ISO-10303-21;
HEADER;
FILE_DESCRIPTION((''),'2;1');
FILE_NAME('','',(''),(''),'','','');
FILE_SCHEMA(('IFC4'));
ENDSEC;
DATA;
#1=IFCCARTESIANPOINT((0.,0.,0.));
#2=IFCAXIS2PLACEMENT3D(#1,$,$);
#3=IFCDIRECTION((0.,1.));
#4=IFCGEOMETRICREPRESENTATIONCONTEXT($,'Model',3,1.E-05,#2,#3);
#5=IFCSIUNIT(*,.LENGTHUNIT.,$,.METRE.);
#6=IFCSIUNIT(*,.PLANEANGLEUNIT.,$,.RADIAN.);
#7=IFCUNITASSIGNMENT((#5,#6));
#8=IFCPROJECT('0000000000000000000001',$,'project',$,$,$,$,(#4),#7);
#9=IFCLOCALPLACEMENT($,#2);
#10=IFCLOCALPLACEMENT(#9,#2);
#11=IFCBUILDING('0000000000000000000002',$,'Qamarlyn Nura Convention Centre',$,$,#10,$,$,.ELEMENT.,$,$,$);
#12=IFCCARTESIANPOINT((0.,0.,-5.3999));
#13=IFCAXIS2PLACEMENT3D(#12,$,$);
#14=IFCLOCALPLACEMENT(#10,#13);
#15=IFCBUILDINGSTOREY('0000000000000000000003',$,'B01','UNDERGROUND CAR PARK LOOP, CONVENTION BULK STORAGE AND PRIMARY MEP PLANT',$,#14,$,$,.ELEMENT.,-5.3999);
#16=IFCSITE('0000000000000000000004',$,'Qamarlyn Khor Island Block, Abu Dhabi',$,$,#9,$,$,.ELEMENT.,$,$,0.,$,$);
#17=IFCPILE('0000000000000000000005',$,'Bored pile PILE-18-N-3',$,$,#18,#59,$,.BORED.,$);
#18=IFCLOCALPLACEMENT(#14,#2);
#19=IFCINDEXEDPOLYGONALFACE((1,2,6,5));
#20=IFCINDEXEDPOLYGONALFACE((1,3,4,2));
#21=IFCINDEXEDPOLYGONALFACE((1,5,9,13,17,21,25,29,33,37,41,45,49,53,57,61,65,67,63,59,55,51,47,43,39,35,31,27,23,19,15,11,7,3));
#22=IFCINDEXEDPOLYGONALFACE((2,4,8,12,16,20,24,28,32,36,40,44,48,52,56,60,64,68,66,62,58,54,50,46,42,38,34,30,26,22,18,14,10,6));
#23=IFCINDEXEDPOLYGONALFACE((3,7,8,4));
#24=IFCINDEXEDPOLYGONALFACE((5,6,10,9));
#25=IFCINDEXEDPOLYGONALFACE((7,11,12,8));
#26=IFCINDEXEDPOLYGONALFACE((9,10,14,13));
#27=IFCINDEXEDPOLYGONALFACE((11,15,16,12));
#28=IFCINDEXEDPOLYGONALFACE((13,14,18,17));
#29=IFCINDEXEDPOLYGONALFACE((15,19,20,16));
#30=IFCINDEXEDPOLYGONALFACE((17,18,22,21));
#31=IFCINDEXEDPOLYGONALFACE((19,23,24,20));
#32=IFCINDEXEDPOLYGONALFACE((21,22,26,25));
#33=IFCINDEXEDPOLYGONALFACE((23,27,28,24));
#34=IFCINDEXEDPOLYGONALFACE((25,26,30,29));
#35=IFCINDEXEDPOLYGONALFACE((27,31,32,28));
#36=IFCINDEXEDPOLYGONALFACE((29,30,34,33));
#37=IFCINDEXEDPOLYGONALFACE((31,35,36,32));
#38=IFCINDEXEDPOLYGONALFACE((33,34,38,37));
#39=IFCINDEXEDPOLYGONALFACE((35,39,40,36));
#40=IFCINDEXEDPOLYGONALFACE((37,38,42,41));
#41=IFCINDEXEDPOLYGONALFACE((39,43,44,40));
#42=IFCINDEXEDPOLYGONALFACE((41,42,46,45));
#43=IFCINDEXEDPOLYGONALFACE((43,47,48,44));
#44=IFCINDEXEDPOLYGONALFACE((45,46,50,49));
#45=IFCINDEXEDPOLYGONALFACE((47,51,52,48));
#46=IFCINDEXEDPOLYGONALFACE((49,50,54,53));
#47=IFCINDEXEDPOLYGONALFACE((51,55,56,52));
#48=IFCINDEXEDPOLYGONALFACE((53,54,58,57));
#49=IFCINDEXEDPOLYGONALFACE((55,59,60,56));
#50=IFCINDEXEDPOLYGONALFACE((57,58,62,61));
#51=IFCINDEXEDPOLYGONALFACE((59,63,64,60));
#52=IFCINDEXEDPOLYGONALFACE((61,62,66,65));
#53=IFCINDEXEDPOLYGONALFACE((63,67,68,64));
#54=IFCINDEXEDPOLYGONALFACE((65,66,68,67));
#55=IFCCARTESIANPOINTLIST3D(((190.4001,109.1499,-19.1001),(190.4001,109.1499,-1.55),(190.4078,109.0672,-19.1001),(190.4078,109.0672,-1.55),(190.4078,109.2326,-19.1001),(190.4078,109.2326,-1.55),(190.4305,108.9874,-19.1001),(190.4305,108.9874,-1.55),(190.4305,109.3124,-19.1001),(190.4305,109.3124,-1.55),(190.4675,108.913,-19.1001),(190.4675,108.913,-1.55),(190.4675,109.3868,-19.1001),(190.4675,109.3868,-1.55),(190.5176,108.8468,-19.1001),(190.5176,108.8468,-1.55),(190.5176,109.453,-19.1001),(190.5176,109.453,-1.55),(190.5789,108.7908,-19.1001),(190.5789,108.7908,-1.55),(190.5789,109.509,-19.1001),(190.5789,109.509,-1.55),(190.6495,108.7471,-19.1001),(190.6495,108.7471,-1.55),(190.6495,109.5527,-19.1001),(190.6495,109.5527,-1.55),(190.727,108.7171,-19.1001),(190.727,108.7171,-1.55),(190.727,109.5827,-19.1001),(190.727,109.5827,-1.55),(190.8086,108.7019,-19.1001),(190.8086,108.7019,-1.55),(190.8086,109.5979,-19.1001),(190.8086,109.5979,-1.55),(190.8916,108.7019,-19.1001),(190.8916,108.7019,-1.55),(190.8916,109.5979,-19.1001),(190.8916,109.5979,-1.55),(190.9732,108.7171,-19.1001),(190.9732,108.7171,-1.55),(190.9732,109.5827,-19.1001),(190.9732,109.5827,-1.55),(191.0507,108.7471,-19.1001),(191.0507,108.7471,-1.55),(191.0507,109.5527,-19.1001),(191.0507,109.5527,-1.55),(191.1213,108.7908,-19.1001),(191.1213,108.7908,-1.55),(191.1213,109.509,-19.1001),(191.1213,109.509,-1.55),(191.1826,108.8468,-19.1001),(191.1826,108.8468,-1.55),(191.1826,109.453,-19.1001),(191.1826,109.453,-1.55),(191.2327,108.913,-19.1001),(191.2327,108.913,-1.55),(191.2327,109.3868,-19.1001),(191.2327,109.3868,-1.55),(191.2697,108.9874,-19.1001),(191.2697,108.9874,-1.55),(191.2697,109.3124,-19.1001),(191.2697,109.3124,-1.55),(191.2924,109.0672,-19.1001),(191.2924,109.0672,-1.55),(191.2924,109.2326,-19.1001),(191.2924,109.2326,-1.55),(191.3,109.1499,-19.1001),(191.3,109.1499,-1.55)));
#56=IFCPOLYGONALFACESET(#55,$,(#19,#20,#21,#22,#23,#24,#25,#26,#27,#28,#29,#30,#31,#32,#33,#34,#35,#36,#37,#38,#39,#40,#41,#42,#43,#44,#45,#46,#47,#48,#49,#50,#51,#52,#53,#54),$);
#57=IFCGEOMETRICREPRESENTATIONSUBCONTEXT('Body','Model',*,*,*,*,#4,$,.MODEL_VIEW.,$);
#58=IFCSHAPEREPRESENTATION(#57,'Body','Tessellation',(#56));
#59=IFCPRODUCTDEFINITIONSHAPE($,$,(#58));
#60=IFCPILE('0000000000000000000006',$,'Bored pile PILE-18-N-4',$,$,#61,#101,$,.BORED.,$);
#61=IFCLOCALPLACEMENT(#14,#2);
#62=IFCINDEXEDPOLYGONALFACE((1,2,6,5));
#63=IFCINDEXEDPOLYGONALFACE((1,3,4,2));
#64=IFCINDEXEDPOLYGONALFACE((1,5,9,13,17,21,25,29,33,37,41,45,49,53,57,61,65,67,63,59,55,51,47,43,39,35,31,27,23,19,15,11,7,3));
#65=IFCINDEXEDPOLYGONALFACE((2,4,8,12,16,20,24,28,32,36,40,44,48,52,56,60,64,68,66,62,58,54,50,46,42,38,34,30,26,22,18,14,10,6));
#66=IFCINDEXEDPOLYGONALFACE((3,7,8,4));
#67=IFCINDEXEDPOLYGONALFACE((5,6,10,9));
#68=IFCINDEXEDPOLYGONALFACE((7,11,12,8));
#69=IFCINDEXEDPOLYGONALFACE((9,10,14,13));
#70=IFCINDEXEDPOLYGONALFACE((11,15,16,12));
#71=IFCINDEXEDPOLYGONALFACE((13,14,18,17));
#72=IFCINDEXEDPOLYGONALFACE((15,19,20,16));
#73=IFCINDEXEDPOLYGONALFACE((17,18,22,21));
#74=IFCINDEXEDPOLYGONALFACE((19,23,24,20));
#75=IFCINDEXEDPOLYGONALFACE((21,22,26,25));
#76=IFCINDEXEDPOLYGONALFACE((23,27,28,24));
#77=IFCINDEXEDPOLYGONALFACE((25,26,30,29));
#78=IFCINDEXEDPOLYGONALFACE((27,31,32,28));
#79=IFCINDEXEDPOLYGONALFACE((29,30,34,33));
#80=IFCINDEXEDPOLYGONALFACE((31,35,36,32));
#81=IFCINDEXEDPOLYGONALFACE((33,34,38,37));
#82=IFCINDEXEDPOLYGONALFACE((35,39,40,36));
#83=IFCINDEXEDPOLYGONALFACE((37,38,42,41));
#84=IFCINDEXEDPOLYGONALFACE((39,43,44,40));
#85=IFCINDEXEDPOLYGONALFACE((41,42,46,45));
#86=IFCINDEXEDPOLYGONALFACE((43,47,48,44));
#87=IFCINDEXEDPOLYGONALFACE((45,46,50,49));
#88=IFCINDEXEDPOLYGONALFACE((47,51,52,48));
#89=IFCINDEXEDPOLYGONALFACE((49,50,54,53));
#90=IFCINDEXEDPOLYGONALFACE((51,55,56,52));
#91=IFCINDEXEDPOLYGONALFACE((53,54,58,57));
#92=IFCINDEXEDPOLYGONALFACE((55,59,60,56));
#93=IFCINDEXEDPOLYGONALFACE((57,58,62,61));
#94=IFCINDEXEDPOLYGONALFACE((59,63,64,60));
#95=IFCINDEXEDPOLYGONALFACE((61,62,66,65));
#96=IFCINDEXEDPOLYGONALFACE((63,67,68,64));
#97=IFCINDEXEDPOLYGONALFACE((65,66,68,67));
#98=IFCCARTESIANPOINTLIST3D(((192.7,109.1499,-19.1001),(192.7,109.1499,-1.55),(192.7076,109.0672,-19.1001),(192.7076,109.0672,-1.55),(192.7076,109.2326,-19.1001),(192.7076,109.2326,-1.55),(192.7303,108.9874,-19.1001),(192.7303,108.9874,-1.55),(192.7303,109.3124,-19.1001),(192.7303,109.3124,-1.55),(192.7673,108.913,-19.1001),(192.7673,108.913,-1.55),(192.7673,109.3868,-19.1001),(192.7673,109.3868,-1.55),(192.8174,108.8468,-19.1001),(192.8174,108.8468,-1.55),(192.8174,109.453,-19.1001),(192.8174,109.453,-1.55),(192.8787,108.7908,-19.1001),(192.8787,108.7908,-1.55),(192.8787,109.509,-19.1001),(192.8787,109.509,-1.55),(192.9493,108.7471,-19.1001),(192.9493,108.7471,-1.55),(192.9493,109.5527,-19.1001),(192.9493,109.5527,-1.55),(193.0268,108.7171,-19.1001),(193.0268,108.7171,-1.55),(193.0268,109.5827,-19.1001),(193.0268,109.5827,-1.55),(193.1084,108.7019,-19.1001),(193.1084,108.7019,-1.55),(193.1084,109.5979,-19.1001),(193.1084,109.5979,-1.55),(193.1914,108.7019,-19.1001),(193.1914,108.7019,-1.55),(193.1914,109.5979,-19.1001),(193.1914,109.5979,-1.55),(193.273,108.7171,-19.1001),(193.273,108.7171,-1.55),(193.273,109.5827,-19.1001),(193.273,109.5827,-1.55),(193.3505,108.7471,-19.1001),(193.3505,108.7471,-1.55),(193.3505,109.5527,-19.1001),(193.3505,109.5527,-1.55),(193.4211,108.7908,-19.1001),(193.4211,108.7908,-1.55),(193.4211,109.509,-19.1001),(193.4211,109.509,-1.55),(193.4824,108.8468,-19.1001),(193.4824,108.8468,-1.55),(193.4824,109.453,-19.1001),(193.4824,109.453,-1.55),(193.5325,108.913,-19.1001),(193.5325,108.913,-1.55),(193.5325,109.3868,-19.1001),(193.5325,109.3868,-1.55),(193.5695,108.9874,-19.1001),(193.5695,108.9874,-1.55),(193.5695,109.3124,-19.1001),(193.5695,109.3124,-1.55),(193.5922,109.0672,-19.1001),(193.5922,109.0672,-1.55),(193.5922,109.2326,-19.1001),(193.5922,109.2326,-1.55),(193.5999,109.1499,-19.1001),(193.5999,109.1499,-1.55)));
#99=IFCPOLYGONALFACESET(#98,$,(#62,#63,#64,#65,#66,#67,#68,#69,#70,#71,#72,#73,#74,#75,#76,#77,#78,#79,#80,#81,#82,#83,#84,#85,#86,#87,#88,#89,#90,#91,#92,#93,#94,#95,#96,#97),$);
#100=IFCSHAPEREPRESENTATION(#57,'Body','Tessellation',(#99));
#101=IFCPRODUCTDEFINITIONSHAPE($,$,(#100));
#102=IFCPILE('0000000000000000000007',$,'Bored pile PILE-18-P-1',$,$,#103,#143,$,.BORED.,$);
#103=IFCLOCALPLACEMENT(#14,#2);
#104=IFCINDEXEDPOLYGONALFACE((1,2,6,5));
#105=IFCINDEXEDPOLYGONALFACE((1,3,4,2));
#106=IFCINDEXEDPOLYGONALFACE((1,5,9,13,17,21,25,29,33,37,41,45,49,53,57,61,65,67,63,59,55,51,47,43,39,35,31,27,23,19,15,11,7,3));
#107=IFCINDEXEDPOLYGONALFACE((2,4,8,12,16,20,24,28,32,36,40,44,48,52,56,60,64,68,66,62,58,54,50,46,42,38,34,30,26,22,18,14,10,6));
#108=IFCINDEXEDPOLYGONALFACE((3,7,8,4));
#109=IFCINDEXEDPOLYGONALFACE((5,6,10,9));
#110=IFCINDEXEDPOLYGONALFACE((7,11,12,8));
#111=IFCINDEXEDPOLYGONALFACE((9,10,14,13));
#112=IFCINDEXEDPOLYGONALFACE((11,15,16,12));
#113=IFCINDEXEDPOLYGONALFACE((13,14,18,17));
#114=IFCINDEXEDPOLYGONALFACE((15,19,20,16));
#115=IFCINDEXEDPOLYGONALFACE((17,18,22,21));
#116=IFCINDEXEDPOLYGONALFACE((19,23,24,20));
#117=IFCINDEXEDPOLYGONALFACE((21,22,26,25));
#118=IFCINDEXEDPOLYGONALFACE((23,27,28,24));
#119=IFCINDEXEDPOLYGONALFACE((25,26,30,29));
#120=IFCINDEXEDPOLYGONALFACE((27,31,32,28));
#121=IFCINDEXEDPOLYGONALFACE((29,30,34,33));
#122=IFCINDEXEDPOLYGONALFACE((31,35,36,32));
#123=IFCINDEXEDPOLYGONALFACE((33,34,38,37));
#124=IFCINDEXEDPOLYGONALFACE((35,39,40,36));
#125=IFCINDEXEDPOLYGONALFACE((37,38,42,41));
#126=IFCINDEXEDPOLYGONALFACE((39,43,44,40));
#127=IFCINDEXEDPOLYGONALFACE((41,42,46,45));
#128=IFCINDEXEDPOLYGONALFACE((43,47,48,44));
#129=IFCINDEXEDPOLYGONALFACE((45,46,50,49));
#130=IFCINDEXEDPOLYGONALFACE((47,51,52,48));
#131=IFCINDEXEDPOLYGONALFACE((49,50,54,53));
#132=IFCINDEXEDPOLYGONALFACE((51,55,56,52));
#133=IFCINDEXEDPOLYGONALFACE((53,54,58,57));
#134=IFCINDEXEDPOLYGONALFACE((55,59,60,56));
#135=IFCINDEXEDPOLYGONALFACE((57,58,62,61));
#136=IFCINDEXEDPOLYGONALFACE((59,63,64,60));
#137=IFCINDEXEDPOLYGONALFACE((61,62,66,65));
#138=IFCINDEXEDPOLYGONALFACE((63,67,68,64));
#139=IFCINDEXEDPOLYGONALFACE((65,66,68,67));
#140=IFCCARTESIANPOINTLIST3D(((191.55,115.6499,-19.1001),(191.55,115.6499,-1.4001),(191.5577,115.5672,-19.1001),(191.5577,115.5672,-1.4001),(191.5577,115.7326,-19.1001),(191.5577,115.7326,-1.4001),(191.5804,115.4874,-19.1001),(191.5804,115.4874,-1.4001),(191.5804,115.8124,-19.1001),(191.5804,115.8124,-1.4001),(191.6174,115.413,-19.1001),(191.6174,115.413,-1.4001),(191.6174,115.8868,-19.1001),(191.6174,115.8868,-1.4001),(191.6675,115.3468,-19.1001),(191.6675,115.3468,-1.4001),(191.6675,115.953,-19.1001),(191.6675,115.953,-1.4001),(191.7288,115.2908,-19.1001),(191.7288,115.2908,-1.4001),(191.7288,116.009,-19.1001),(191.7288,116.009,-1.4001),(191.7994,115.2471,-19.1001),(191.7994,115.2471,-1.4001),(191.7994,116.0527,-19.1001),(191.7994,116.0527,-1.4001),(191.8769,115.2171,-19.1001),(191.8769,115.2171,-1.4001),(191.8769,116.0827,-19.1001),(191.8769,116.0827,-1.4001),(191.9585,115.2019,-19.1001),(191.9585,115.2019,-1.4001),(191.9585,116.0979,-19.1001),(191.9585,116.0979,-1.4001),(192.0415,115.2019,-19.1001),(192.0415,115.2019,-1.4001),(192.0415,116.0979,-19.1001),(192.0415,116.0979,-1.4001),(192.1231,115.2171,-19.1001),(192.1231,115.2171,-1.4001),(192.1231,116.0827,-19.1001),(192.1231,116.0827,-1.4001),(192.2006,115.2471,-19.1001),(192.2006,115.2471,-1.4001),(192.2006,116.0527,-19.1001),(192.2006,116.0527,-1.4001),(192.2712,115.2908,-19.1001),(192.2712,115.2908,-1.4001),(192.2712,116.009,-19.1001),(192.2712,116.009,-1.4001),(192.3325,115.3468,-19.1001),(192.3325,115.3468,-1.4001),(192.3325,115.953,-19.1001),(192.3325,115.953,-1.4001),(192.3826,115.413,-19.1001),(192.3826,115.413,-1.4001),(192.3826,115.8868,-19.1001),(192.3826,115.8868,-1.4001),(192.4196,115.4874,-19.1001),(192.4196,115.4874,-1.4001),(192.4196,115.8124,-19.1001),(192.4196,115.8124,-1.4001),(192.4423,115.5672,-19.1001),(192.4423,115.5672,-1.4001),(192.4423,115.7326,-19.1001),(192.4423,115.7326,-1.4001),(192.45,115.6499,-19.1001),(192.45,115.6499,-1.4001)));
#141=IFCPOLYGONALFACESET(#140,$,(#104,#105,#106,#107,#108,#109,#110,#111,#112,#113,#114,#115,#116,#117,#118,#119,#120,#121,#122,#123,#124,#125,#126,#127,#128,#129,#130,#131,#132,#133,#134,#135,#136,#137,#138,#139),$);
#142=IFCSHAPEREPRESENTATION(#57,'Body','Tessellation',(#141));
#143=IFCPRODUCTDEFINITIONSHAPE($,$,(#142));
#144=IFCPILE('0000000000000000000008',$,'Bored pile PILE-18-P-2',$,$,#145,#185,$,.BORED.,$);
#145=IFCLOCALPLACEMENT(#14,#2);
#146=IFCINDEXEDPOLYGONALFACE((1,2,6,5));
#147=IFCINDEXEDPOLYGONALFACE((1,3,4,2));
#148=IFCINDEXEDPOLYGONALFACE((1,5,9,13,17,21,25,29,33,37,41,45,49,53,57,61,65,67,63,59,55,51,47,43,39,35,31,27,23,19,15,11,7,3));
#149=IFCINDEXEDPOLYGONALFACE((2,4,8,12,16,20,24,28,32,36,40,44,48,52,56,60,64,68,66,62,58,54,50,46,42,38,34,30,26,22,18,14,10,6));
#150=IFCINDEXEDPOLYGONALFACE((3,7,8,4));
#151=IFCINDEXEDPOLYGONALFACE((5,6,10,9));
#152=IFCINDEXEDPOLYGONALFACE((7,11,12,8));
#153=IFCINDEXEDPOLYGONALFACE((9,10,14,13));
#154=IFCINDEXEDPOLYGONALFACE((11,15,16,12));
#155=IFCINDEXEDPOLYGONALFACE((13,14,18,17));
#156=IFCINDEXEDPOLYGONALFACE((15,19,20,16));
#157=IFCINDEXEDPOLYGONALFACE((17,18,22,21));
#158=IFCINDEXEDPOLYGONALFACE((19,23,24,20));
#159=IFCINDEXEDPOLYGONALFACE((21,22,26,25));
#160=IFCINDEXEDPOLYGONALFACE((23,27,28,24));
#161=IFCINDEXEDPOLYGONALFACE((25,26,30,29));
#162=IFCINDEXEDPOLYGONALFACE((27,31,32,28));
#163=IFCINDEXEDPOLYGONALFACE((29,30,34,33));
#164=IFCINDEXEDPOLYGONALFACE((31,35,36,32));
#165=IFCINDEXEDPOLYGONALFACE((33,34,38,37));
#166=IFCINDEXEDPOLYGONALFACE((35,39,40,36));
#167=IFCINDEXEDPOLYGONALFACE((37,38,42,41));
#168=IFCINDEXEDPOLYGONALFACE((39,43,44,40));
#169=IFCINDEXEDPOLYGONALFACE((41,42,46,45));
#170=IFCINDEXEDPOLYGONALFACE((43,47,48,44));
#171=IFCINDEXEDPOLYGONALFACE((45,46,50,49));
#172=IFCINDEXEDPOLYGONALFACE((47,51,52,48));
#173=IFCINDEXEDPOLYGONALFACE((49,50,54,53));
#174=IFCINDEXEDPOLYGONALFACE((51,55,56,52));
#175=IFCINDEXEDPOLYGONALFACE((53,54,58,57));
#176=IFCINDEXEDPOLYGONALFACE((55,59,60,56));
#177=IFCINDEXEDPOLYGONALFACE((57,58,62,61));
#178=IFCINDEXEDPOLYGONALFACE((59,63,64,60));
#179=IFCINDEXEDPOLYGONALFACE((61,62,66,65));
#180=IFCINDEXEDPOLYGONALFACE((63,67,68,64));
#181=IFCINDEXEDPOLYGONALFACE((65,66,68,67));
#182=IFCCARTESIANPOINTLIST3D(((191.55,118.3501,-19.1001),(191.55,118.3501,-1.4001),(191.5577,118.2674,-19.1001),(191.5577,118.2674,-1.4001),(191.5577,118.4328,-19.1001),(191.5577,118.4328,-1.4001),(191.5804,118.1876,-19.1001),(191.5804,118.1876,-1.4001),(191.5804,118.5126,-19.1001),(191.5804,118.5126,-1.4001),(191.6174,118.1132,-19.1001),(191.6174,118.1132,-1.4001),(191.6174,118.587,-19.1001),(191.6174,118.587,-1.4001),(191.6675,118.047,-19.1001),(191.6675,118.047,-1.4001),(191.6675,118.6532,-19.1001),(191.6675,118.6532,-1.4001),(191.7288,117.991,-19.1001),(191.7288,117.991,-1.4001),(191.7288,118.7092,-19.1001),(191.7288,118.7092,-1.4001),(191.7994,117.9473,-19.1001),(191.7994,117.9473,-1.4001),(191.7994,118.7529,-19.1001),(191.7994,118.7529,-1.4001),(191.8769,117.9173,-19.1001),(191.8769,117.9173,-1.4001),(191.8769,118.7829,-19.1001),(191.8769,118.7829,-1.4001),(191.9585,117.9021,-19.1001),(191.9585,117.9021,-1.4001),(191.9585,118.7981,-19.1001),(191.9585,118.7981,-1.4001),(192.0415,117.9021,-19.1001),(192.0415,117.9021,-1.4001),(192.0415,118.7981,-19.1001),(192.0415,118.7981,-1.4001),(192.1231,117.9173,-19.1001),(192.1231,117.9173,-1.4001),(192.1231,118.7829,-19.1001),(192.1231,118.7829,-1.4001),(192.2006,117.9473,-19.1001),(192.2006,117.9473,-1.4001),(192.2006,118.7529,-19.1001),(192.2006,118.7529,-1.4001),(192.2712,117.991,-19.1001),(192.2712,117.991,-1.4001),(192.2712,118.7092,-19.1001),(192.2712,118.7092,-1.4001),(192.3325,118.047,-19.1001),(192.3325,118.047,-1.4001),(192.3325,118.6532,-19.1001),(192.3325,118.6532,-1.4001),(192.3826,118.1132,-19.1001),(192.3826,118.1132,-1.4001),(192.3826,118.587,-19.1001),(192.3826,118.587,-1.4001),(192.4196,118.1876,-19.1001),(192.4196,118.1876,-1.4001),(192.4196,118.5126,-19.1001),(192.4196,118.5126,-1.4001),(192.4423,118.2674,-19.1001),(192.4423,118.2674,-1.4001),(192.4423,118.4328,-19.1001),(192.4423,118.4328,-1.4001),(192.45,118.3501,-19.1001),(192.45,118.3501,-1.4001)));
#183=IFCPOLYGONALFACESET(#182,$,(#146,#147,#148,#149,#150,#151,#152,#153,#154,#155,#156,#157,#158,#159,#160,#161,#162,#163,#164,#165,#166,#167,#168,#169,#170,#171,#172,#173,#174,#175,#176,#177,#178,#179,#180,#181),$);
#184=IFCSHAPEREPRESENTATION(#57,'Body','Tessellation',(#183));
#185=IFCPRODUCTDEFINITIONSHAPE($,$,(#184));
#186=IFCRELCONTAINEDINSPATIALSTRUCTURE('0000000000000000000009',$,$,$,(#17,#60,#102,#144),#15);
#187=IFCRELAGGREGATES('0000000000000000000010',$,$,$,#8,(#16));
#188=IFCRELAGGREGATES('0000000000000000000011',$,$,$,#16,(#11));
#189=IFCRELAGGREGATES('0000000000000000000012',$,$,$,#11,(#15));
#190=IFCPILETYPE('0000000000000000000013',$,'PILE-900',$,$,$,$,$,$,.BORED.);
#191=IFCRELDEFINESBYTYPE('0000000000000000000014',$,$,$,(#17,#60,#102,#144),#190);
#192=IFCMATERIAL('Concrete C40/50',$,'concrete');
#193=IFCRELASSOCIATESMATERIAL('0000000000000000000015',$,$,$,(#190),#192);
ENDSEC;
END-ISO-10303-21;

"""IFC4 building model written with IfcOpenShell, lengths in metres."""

from ifc_helpers import new_model, si_unit, direction, frame, origin, origin_2d, place, context, subcontext, project, spatial, circle, extrude, material, material_profile, profile_set, type_object, element, save


model = new_model("IFC4")

# Units and contexts
model_context = context("Model", 3, precision=1e-05, world=origin(), true_north=direction((0.0, 1.0)))
body_context = subcontext(model_context, "Body", "Model", "MODEL_VIEW")
ifc_project = project(units=[si_unit("LENGTHUNIT", "METRE"), si_unit("PLANEANGLEUNIT", "RADIAN")], contexts=[model_context])

# Site, building, storey
site_placement = place(None, origin())
site = spatial("IfcSite", under=ifc_project, at=site_placement, Name="Qamarlyn Khor Island Block, Abu Dhabi", CompositionType="ELEMENT", RefElevation=0.0)
building_placement = place(site_placement, origin())
building = spatial("IfcBuilding", under=site, at=building_placement, Name="Qamarlyn Nura Convention Centre", CompositionType="ELEMENT")
storey_placement = place(building_placement, frame((0.0, 0.0, -5.3999)))
storey = spatial("IfcBuildingStorey", under=building, at=storey_placement, Name="B01", Description="UNDERGROUND CAR PARK LOOP, CONVENTION BULK STORAGE AND PRIMARY MEP PLANT", CompositionType="ELEMENT", Elevation=-5.3999)

# Shared definitions
ifc_material_1 = material(Name="Concrete C40/50", Category="concrete")

# Piles
ifc_material_profile_1 = material_profile(ifc_material_1, circle(Radius=0.45, at=origin_2d()), Name="BORED PILE 900")
ifc_profile_set_1 = profile_set([ifc_material_profile_1], Name="Concrete C40/50")
pile_type = type_object("IfcPileType", Name="PILE-900", PredefinedType="BORED", material=ifc_profile_set_1)
for number, where, z_axis, x_axis, name in (
    (1, (190.8501, 109.1499, -1.55), (0.0, 0.0, -1.0), (1.0, 0.0, 0.0), "Bored pile PILE-18-N-3"),
    (2, (193.1499, 109.1499, -1.55), (0.0, 0.0, -1.0), (1.0, 0.0, 0.0), "Bored pile PILE-18-N-4"),
):
    element("IfcPile", number, at=place(storey_placement, frame(where, z_axis=z_axis, x_axis=x_axis)), inside=storey, type_object=pile_type, Name=name, PredefinedType="BORED", context=body_context, shape_type="SweptSolid", body=[
        extrude(circle(Radius=0.45, at=origin_2d()), origin(), (0.0, 0.0, 1.0), 17.55),
    ])
for number, where, z_axis, x_axis, name in (
    (3, (192.0, 115.6499, -1.4001), (0.0, 0.0, -1.0), (1.0, 0.0, 0.0), "Bored pile PILE-18-P-1"),
    (4, (192.0, 118.3501, -1.4001), (0.0, 0.0, -1.0), (1.0, 0.0, 0.0), "Bored pile PILE-18-P-2"),
):
    element("IfcPile", number, at=place(storey_placement, frame(where, z_axis=z_axis, x_axis=x_axis)), inside=storey, type_object=pile_type, Name=name, PredefinedType="BORED", context=body_context, shape_type="SweptSolid", body=[
        extrude(circle(Radius=0.45, at=origin_2d()), origin(), (0.0, 0.0, 1.0), 17.7),
    ])

save(model, "model.ifc")
